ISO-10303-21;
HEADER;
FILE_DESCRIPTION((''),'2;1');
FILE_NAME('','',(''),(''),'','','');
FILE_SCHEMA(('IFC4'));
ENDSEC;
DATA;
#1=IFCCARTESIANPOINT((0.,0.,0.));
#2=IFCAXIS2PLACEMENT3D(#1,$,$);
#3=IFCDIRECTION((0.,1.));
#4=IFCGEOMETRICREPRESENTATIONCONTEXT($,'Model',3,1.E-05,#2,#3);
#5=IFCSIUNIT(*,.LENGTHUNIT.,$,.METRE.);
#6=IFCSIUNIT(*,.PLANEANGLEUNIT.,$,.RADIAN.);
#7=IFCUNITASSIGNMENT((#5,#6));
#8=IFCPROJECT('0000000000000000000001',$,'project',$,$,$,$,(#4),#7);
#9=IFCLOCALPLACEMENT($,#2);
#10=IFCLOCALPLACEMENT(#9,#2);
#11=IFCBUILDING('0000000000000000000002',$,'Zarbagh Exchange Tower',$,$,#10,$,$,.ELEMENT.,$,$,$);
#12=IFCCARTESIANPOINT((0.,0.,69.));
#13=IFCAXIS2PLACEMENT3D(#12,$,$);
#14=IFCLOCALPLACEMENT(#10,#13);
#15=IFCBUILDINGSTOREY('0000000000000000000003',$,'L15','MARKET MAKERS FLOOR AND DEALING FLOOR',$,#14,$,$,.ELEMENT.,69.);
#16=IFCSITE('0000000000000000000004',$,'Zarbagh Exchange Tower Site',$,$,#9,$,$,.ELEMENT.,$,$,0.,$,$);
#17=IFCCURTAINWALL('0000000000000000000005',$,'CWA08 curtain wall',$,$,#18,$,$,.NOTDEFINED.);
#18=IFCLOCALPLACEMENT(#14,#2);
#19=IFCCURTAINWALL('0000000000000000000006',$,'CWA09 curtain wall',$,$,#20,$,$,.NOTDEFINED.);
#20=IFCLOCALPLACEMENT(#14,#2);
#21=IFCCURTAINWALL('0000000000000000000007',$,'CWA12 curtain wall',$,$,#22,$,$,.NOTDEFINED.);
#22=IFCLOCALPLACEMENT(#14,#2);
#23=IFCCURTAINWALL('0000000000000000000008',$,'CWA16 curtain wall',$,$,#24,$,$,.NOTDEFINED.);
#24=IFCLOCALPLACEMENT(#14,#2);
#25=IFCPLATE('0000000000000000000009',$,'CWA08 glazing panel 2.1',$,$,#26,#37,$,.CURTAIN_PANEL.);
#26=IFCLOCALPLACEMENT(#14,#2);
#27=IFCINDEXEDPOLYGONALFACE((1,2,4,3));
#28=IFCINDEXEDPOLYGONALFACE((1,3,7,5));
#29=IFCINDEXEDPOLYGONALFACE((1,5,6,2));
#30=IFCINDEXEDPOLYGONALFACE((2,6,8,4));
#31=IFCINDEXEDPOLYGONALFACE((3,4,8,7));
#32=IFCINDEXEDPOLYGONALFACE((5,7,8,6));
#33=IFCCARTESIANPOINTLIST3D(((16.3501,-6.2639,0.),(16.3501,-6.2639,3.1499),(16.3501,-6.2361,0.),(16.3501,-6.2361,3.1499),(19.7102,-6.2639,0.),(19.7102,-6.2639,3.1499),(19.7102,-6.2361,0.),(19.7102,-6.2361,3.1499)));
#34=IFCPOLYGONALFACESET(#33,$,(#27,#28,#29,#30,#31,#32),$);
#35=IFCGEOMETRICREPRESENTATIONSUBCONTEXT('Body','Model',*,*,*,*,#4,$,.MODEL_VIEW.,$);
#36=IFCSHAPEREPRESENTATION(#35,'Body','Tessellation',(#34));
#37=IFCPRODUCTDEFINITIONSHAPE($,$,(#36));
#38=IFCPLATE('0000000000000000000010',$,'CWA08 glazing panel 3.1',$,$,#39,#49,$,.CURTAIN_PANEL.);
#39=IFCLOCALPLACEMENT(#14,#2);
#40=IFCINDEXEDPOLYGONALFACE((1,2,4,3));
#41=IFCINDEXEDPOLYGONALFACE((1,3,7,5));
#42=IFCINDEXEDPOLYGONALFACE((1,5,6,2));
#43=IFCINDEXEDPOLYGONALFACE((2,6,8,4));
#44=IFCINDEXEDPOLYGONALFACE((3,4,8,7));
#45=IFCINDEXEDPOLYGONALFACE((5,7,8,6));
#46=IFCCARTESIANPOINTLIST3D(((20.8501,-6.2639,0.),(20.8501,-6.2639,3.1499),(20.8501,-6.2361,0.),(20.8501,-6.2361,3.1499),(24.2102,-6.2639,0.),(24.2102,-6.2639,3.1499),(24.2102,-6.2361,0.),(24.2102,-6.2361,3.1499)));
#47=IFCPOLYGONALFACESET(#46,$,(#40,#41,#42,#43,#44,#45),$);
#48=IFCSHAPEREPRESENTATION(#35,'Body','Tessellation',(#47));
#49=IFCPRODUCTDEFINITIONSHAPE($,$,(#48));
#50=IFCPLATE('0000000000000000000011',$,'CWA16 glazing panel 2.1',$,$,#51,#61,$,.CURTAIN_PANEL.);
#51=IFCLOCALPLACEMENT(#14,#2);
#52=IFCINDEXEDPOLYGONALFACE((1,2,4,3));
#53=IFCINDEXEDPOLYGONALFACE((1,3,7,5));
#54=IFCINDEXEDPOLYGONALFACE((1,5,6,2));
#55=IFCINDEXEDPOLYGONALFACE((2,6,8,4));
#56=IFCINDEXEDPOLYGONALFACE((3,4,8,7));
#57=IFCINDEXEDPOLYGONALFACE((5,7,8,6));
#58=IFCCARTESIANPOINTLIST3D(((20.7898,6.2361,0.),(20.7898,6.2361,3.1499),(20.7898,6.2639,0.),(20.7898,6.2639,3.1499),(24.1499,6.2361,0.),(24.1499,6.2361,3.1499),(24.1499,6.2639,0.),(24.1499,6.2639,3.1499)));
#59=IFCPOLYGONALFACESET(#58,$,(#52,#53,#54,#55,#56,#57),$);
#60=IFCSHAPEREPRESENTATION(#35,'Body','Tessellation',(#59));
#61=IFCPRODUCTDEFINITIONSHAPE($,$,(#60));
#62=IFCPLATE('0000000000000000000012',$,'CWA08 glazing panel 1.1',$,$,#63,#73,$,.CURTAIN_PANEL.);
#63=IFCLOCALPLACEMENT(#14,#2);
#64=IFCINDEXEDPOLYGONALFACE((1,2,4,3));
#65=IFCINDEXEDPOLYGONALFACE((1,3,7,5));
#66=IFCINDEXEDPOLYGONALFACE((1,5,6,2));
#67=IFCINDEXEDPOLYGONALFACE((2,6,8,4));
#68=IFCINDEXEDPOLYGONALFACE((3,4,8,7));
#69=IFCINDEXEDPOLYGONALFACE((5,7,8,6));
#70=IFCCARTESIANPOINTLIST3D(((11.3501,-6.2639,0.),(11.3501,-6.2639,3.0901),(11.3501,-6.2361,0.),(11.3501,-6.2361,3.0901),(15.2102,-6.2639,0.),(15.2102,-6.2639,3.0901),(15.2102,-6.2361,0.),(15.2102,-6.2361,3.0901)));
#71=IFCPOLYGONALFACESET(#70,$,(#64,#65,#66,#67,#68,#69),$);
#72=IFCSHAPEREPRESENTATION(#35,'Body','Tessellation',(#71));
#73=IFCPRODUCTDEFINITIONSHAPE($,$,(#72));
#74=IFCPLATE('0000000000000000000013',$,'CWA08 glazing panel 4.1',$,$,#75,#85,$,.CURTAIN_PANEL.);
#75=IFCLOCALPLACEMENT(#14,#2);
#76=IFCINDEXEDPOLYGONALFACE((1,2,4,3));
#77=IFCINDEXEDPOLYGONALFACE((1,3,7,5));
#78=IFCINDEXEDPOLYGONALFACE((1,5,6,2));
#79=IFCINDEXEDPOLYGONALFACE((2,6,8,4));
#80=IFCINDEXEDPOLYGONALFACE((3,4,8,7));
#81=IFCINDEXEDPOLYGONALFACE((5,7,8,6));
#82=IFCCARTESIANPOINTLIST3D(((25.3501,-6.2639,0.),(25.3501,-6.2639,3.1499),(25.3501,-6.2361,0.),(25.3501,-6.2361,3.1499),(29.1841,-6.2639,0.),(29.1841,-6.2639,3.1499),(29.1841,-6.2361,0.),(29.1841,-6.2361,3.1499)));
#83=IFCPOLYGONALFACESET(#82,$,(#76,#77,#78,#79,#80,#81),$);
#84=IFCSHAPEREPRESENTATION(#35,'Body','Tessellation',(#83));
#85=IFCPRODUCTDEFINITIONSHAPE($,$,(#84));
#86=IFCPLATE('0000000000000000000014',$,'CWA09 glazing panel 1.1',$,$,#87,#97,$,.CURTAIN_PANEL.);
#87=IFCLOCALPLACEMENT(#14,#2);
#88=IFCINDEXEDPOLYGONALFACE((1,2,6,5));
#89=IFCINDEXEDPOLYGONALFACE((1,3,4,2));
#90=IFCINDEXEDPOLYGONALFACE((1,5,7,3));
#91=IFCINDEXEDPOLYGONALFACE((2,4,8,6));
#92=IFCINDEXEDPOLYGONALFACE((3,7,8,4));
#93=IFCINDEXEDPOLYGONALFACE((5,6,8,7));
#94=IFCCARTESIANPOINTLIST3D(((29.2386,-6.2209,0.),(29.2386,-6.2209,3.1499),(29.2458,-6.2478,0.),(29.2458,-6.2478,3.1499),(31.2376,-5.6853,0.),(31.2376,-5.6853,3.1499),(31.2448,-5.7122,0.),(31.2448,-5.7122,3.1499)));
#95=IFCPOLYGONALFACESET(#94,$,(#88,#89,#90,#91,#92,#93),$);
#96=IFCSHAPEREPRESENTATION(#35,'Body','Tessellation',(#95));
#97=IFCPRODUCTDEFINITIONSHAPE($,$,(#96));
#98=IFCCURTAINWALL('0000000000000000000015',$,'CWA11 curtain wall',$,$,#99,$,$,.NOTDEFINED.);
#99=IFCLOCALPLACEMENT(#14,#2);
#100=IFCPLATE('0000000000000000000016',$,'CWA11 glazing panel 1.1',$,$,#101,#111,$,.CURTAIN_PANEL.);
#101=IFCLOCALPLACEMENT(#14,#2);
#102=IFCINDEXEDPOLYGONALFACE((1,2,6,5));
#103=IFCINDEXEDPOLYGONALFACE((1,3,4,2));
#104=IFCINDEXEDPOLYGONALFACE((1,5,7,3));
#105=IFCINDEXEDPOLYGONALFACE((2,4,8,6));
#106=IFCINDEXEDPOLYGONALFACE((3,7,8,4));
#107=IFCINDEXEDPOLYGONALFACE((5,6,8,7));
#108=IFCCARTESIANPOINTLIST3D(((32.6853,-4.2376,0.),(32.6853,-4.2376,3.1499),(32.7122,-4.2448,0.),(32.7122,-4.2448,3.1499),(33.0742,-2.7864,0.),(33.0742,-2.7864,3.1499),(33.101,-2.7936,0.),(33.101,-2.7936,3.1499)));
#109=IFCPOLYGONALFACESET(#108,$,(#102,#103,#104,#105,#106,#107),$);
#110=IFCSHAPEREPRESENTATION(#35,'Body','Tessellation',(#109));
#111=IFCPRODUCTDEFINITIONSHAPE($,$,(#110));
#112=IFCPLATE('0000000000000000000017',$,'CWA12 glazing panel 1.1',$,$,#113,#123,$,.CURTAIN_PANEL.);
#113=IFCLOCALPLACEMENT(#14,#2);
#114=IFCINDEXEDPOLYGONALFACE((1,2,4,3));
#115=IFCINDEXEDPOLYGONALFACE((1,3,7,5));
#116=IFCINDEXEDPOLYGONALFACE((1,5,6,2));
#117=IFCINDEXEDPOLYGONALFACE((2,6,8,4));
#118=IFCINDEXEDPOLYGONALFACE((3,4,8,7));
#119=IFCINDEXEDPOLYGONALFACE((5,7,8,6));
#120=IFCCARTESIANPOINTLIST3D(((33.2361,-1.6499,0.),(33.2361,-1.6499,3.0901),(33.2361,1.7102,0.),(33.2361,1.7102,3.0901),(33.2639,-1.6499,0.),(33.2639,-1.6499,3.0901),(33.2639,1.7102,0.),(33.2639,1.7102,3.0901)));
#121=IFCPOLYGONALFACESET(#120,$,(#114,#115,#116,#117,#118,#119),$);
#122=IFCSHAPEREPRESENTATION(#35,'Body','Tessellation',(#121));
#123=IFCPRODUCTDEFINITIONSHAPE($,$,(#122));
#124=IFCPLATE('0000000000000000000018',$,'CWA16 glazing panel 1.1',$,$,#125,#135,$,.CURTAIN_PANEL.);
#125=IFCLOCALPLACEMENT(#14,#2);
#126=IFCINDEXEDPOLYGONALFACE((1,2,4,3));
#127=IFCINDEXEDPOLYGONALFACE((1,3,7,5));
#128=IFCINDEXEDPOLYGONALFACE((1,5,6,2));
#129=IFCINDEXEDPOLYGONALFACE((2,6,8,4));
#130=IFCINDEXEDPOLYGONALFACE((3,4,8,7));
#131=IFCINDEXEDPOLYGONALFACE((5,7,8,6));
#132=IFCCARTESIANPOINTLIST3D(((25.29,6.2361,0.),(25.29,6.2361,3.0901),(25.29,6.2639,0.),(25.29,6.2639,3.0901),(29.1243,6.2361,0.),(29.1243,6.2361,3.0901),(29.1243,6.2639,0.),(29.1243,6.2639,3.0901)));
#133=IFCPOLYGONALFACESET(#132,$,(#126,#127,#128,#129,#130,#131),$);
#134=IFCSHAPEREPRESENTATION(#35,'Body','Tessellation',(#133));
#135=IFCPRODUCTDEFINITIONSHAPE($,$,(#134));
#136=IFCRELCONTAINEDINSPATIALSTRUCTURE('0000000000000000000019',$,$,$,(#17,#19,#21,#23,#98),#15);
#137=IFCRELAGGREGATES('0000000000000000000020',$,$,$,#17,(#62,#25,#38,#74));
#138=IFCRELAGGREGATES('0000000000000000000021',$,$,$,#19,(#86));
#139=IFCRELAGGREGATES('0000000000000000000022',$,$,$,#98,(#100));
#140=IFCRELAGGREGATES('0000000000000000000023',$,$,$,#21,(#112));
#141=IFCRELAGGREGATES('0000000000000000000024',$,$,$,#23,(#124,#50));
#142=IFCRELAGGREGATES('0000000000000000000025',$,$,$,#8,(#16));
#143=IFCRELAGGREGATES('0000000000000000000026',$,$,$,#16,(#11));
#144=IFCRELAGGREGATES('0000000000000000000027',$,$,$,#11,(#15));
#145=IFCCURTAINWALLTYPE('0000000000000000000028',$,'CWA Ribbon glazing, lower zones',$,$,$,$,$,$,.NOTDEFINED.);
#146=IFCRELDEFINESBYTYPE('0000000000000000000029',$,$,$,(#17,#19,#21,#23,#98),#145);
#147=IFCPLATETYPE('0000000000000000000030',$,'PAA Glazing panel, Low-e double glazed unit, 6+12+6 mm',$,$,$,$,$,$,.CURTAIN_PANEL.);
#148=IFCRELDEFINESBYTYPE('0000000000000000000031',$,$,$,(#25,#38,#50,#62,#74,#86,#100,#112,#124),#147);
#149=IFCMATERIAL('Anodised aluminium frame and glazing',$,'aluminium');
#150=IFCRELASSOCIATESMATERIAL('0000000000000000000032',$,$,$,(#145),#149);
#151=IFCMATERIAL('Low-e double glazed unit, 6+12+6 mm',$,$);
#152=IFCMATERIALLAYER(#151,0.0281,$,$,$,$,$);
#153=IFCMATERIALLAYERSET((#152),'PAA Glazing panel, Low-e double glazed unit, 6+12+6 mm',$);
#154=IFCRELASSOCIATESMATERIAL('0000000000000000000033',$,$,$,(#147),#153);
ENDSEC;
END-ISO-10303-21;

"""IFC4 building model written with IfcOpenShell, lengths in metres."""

from ifc_helpers import new_model, si_unit, direction, frame, origin, place, context, subcontext, project, spatial, polyline, outline, extrude, source, transform, mapped, material, layer, layer_set, type_object, element, aggregate, save


model = new_model("IFC4")

# Units and contexts
model_context = context("Model", 3, precision=1e-05, world=origin(), true_north=direction((0.0, 1.0)))
body_context = subcontext(model_context, "Body", "Model", "MODEL_VIEW")
ifc_project = project(units=[si_unit("LENGTHUNIT", "METRE"), si_unit("PLANEANGLEUNIT", "RADIAN")], contexts=[model_context])

# Site, building, storey
site_placement = place(None, origin())
site = spatial("IfcSite", under=ifc_project, at=site_placement, Name="Zarbagh Exchange Tower Site", CompositionType="ELEMENT", RefElevation=0.0)
building_placement = place(site_placement, origin())
building = spatial("IfcBuilding", under=site, at=building_placement, Name="Zarbagh Exchange Tower", CompositionType="ELEMENT")
storey_placement = place(building_placement, frame((0.0, 0.0, 69.0)))
storey = spatial("IfcBuildingStorey", under=building, at=storey_placement, Name="L15", Description="MARKET MAKERS FLOOR AND DEALING FLOOR", CompositionType="ELEMENT", Elevation=69.0)

# Curtain wall
ifc_material_1 = material(Name="Anodised aluminium frame and glazing", Category="aluminium")
curtain_wall_type = type_object("IfcCurtainWallType", Name="CWA Ribbon glazing, lower zones", PredefinedType="NOTDEFINED", material=ifc_material_1)
curtain_wall_1_placement = place(storey_placement, origin())
curtain_wall_1 = element("IfcCurtainWall", 1, at=curtain_wall_1_placement, inside=storey, type_object=curtain_wall_type, Name="CWA08 curtain wall", PredefinedType="NOTDEFINED")
placement = place(storey_placement, origin())

# Curtain walls
curtain_wall_2_placement = place(storey_placement, origin())
curtain_wall_2 = element("IfcCurtainWall", 2, at=curtain_wall_2_placement, inside=storey, type_object=curtain_wall_type, Name="CWA09 curtain wall", PredefinedType="NOTDEFINED")
curtain_wall_3_placement = place(storey_placement, origin())
curtain_wall_3 = element("IfcCurtainWall", 3, at=curtain_wall_3_placement, inside=storey, type_object=curtain_wall_type, Name="CWA12 curtain wall", PredefinedType="NOTDEFINED")

# Curtain wall
curtain_wall_4_placement = place(storey_placement, origin())
curtain_wall_4 = element("IfcCurtainWall", 4, at=curtain_wall_4_placement, inside=storey, type_object=curtain_wall_type, Name="CWA16 curtain wall", PredefinedType="NOTDEFINED")

# Shared definitions
ifc_material_2 = material(Name="Low-e double glazed unit, 6+12+6 mm")
ifc_layer = layer(ifc_material_2, 0.0281)
ifc_layer_set = layer_set([ifc_layer], Name="PAA Glazing panel, Low-e double glazed unit, 6+12+6 mm")
plate_type = type_object("IfcPlateType", Name="PAA Glazing panel, Low-e double glazed unit, 6+12+6 mm", PredefinedType="CURTAIN_PANEL", material=ifc_layer_set)

# Plates
shared_shape_1 = source(origin(), body_context, "Body", "SweptSolid", [
    extrude(outline(polyline([(0.0, -0.0139), (3.3601, -0.0139), (3.3601, 0.0139), (0.0, 0.0139), (0.0, -0.0139)])), origin(), (0.0, 0.0, 1.0), 3.1499),
])
plate_1 = element("IfcPlate", 5, at=placement, type_object=plate_type, Name="CWA08 glazing panel 2.1", PredefinedType="CURTAIN_PANEL", context=body_context, shape_type="MappedRepresentation", body=[
    mapped(shared_shape_1, transform((16.3501, -6.25, 0.0), x_axis=(1.0, 0.0, 0.0), y_axis=(0.0, 1.0, 0.0), z_axis=(0.0, 0.0, 1.0))),
])
plate_2 = element("IfcPlate", 6, at=placement, type_object=plate_type, Name="CWA08 glazing panel 3.1", PredefinedType="CURTAIN_PANEL", context=body_context, shape_type="MappedRepresentation", body=[
    mapped(shared_shape_1, transform((20.8501, -6.25, 0.0), x_axis=(1.0, 0.0, 0.0), y_axis=(0.0, 1.0, 0.0), z_axis=(0.0, 0.0, 1.0))),
])
plate_3 = element("IfcPlate", 7, at=placement, type_object=plate_type, Name="CWA16 glazing panel 2.1", PredefinedType="CURTAIN_PANEL", context=body_context, shape_type="MappedRepresentation", body=[
    mapped(shared_shape_1, transform((24.1499, 6.25, 0.0), x_axis=(-1.0, 0.0, 0.0), y_axis=(0.0, -1.0, 0.0), z_axis=(0.0, 0.0, 1.0))),
])
shared_shape_2 = source(origin(), body_context, "Body", "SweptSolid", [
    extrude(outline(polyline([(0.0, -0.0139), (3.8601, -0.0139), (3.8601, 0.0139), (0.0, 0.0139), (0.0, -0.0139)])), origin(), (0.0, 0.0, 1.0), 3.0901),
])
plate_4 = element("IfcPlate", 8, at=placement, type_object=plate_type, Name="CWA08 glazing panel 1.1", PredefinedType="CURTAIN_PANEL", context=body_context, shape_type="MappedRepresentation", body=[
    mapped(shared_shape_2, transform((11.3501, -6.25, 0.0), x_axis=(1.0, 0.0, 0.0), y_axis=(0.0, 1.0, 0.0), z_axis=(0.0, 0.0, 1.0))),
])
shared_shape_3 = source(origin(), body_context, "Body", "SweptSolid", [
    extrude(outline(polyline([(0.0, -0.0139), (3.834, -0.0139), (3.834, 0.0139), (0.0, 0.0139), (0.0, -0.0139)])), origin(), (0.0, 0.0, 1.0), 3.1499),
])
plate_5 = element("IfcPlate", 9, at=placement, type_object=plate_type, Name="CWA08 glazing panel 4.1", PredefinedType="CURTAIN_PANEL", context=body_context, shape_type="MappedRepresentation", body=[
    mapped(shared_shape_3, transform((25.3501, -6.25, 0.0), x_axis=(1.0, 0.0, 0.0), y_axis=(0.0, 1.0, 0.0), z_axis=(0.0, 0.0, 1.0))),
])
aggregate(curtain_wall_1, [plate_4, plate_1, plate_2, plate_5])
shared_shape_4 = source(origin(), body_context, "Body", "SweptSolid", [
    extrude(outline(polyline([(0.0, -0.0139), (2.0696, -0.0139), (2.0696, 0.0139), (0.0, 0.0139), (0.0, -0.0139)])), origin(), (0.0, 0.0, 1.0), 3.1499),
])
plate_6 = element("IfcPlate", 10, at=placement, type_object=plate_type, Name="CWA09 glazing panel 1.1", PredefinedType="CURTAIN_PANEL", context=body_context, shape_type="MappedRepresentation", body=[
    mapped(shared_shape_4, transform((29.2422, -6.2344, 0.0), x_axis=(0.965924, 0.258825, 0.0), y_axis=(-0.258825, 0.965924, 0.0), z_axis=(0.0, 0.0, 1.0))),
])
aggregate(curtain_wall_2, [plate_6])

# Curtain wall, plate
curtain_wall_5_placement = place(storey_placement, origin())
curtain_wall_5 = element("IfcCurtainWall", 11, at=curtain_wall_5_placement, inside=storey, type_object=curtain_wall_type, Name="CWA11 curtain wall", PredefinedType="NOTDEFINED")
shared_shape_5 = source(origin(), body_context, "Body", "SweptSolid", [
    extrude(outline(polyline([(0.0, -0.0139), (1.5024, -0.0139), (1.5024, 0.0139), (0.0, 0.0139), (0.0, -0.0139)])), origin(), (0.0, 0.0, 1.0), 3.1499),
])
plate_7 = element("IfcPlate", 12, at=placement, type_object=plate_type, Name="CWA11 glazing panel 1.1", PredefinedType="CURTAIN_PANEL", context=body_context, shape_type="MappedRepresentation", body=[
    mapped(shared_shape_5, transform((32.6987, -4.2412, 0.0), x_axis=(0.258825, 0.965924, 0.0), y_axis=(-0.965924, 0.258825, 0.0), z_axis=(0.0, 0.0, 1.0))),
])
aggregate(curtain_wall_5, [plate_7])

# Plates
shared_shape_6 = source(origin(), body_context, "Body", "SweptSolid", [
    extrude(outline(polyline([(0.0, -0.0139), (3.3601, -0.0139), (3.3601, 0.0139), (0.0, 0.0139), (0.0, -0.0139)])), origin(), (0.0, 0.0, 1.0), 3.0901),
])
plate_8 = element("IfcPlate", 13, at=placement, type_object=plate_type, Name="CWA12 glazing panel 1.1", PredefinedType="CURTAIN_PANEL", context=body_context, shape_type="MappedRepresentation", body=[
    mapped(shared_shape_6, transform((33.25, -1.6499, 0.0), x_axis=(0.0, 1.0, 0.0), y_axis=(-1.0, 0.0, 0.0), z_axis=(0.0, 0.0, 1.0))),
])
aggregate(curtain_wall_3, [plate_8])
shared_shape_7 = source(origin(), body_context, "Body", "SweptSolid", [
    extrude(outline(polyline([(0.0, -0.0139), (3.8342, -0.0139), (3.8342, 0.0139), (0.0, 0.0139), (0.0, -0.0139)])), origin(), (0.0, 0.0, 1.0), 3.0901),
])
plate_9 = element("IfcPlate", 14, at=placement, type_object=plate_type, Name="CWA16 glazing panel 1.1", PredefinedType="CURTAIN_PANEL", context=body_context, shape_type="MappedRepresentation", body=[
    mapped(shared_shape_7, transform((29.1243, 6.25, 0.0), x_axis=(-1.0, 0.0, 0.0), y_axis=(0.0, -1.0, 0.0), z_axis=(0.0, 0.0, 1.0))),
])
aggregate(curtain_wall_4, [plate_9, plate_3])

save(model, "model.ifc")
